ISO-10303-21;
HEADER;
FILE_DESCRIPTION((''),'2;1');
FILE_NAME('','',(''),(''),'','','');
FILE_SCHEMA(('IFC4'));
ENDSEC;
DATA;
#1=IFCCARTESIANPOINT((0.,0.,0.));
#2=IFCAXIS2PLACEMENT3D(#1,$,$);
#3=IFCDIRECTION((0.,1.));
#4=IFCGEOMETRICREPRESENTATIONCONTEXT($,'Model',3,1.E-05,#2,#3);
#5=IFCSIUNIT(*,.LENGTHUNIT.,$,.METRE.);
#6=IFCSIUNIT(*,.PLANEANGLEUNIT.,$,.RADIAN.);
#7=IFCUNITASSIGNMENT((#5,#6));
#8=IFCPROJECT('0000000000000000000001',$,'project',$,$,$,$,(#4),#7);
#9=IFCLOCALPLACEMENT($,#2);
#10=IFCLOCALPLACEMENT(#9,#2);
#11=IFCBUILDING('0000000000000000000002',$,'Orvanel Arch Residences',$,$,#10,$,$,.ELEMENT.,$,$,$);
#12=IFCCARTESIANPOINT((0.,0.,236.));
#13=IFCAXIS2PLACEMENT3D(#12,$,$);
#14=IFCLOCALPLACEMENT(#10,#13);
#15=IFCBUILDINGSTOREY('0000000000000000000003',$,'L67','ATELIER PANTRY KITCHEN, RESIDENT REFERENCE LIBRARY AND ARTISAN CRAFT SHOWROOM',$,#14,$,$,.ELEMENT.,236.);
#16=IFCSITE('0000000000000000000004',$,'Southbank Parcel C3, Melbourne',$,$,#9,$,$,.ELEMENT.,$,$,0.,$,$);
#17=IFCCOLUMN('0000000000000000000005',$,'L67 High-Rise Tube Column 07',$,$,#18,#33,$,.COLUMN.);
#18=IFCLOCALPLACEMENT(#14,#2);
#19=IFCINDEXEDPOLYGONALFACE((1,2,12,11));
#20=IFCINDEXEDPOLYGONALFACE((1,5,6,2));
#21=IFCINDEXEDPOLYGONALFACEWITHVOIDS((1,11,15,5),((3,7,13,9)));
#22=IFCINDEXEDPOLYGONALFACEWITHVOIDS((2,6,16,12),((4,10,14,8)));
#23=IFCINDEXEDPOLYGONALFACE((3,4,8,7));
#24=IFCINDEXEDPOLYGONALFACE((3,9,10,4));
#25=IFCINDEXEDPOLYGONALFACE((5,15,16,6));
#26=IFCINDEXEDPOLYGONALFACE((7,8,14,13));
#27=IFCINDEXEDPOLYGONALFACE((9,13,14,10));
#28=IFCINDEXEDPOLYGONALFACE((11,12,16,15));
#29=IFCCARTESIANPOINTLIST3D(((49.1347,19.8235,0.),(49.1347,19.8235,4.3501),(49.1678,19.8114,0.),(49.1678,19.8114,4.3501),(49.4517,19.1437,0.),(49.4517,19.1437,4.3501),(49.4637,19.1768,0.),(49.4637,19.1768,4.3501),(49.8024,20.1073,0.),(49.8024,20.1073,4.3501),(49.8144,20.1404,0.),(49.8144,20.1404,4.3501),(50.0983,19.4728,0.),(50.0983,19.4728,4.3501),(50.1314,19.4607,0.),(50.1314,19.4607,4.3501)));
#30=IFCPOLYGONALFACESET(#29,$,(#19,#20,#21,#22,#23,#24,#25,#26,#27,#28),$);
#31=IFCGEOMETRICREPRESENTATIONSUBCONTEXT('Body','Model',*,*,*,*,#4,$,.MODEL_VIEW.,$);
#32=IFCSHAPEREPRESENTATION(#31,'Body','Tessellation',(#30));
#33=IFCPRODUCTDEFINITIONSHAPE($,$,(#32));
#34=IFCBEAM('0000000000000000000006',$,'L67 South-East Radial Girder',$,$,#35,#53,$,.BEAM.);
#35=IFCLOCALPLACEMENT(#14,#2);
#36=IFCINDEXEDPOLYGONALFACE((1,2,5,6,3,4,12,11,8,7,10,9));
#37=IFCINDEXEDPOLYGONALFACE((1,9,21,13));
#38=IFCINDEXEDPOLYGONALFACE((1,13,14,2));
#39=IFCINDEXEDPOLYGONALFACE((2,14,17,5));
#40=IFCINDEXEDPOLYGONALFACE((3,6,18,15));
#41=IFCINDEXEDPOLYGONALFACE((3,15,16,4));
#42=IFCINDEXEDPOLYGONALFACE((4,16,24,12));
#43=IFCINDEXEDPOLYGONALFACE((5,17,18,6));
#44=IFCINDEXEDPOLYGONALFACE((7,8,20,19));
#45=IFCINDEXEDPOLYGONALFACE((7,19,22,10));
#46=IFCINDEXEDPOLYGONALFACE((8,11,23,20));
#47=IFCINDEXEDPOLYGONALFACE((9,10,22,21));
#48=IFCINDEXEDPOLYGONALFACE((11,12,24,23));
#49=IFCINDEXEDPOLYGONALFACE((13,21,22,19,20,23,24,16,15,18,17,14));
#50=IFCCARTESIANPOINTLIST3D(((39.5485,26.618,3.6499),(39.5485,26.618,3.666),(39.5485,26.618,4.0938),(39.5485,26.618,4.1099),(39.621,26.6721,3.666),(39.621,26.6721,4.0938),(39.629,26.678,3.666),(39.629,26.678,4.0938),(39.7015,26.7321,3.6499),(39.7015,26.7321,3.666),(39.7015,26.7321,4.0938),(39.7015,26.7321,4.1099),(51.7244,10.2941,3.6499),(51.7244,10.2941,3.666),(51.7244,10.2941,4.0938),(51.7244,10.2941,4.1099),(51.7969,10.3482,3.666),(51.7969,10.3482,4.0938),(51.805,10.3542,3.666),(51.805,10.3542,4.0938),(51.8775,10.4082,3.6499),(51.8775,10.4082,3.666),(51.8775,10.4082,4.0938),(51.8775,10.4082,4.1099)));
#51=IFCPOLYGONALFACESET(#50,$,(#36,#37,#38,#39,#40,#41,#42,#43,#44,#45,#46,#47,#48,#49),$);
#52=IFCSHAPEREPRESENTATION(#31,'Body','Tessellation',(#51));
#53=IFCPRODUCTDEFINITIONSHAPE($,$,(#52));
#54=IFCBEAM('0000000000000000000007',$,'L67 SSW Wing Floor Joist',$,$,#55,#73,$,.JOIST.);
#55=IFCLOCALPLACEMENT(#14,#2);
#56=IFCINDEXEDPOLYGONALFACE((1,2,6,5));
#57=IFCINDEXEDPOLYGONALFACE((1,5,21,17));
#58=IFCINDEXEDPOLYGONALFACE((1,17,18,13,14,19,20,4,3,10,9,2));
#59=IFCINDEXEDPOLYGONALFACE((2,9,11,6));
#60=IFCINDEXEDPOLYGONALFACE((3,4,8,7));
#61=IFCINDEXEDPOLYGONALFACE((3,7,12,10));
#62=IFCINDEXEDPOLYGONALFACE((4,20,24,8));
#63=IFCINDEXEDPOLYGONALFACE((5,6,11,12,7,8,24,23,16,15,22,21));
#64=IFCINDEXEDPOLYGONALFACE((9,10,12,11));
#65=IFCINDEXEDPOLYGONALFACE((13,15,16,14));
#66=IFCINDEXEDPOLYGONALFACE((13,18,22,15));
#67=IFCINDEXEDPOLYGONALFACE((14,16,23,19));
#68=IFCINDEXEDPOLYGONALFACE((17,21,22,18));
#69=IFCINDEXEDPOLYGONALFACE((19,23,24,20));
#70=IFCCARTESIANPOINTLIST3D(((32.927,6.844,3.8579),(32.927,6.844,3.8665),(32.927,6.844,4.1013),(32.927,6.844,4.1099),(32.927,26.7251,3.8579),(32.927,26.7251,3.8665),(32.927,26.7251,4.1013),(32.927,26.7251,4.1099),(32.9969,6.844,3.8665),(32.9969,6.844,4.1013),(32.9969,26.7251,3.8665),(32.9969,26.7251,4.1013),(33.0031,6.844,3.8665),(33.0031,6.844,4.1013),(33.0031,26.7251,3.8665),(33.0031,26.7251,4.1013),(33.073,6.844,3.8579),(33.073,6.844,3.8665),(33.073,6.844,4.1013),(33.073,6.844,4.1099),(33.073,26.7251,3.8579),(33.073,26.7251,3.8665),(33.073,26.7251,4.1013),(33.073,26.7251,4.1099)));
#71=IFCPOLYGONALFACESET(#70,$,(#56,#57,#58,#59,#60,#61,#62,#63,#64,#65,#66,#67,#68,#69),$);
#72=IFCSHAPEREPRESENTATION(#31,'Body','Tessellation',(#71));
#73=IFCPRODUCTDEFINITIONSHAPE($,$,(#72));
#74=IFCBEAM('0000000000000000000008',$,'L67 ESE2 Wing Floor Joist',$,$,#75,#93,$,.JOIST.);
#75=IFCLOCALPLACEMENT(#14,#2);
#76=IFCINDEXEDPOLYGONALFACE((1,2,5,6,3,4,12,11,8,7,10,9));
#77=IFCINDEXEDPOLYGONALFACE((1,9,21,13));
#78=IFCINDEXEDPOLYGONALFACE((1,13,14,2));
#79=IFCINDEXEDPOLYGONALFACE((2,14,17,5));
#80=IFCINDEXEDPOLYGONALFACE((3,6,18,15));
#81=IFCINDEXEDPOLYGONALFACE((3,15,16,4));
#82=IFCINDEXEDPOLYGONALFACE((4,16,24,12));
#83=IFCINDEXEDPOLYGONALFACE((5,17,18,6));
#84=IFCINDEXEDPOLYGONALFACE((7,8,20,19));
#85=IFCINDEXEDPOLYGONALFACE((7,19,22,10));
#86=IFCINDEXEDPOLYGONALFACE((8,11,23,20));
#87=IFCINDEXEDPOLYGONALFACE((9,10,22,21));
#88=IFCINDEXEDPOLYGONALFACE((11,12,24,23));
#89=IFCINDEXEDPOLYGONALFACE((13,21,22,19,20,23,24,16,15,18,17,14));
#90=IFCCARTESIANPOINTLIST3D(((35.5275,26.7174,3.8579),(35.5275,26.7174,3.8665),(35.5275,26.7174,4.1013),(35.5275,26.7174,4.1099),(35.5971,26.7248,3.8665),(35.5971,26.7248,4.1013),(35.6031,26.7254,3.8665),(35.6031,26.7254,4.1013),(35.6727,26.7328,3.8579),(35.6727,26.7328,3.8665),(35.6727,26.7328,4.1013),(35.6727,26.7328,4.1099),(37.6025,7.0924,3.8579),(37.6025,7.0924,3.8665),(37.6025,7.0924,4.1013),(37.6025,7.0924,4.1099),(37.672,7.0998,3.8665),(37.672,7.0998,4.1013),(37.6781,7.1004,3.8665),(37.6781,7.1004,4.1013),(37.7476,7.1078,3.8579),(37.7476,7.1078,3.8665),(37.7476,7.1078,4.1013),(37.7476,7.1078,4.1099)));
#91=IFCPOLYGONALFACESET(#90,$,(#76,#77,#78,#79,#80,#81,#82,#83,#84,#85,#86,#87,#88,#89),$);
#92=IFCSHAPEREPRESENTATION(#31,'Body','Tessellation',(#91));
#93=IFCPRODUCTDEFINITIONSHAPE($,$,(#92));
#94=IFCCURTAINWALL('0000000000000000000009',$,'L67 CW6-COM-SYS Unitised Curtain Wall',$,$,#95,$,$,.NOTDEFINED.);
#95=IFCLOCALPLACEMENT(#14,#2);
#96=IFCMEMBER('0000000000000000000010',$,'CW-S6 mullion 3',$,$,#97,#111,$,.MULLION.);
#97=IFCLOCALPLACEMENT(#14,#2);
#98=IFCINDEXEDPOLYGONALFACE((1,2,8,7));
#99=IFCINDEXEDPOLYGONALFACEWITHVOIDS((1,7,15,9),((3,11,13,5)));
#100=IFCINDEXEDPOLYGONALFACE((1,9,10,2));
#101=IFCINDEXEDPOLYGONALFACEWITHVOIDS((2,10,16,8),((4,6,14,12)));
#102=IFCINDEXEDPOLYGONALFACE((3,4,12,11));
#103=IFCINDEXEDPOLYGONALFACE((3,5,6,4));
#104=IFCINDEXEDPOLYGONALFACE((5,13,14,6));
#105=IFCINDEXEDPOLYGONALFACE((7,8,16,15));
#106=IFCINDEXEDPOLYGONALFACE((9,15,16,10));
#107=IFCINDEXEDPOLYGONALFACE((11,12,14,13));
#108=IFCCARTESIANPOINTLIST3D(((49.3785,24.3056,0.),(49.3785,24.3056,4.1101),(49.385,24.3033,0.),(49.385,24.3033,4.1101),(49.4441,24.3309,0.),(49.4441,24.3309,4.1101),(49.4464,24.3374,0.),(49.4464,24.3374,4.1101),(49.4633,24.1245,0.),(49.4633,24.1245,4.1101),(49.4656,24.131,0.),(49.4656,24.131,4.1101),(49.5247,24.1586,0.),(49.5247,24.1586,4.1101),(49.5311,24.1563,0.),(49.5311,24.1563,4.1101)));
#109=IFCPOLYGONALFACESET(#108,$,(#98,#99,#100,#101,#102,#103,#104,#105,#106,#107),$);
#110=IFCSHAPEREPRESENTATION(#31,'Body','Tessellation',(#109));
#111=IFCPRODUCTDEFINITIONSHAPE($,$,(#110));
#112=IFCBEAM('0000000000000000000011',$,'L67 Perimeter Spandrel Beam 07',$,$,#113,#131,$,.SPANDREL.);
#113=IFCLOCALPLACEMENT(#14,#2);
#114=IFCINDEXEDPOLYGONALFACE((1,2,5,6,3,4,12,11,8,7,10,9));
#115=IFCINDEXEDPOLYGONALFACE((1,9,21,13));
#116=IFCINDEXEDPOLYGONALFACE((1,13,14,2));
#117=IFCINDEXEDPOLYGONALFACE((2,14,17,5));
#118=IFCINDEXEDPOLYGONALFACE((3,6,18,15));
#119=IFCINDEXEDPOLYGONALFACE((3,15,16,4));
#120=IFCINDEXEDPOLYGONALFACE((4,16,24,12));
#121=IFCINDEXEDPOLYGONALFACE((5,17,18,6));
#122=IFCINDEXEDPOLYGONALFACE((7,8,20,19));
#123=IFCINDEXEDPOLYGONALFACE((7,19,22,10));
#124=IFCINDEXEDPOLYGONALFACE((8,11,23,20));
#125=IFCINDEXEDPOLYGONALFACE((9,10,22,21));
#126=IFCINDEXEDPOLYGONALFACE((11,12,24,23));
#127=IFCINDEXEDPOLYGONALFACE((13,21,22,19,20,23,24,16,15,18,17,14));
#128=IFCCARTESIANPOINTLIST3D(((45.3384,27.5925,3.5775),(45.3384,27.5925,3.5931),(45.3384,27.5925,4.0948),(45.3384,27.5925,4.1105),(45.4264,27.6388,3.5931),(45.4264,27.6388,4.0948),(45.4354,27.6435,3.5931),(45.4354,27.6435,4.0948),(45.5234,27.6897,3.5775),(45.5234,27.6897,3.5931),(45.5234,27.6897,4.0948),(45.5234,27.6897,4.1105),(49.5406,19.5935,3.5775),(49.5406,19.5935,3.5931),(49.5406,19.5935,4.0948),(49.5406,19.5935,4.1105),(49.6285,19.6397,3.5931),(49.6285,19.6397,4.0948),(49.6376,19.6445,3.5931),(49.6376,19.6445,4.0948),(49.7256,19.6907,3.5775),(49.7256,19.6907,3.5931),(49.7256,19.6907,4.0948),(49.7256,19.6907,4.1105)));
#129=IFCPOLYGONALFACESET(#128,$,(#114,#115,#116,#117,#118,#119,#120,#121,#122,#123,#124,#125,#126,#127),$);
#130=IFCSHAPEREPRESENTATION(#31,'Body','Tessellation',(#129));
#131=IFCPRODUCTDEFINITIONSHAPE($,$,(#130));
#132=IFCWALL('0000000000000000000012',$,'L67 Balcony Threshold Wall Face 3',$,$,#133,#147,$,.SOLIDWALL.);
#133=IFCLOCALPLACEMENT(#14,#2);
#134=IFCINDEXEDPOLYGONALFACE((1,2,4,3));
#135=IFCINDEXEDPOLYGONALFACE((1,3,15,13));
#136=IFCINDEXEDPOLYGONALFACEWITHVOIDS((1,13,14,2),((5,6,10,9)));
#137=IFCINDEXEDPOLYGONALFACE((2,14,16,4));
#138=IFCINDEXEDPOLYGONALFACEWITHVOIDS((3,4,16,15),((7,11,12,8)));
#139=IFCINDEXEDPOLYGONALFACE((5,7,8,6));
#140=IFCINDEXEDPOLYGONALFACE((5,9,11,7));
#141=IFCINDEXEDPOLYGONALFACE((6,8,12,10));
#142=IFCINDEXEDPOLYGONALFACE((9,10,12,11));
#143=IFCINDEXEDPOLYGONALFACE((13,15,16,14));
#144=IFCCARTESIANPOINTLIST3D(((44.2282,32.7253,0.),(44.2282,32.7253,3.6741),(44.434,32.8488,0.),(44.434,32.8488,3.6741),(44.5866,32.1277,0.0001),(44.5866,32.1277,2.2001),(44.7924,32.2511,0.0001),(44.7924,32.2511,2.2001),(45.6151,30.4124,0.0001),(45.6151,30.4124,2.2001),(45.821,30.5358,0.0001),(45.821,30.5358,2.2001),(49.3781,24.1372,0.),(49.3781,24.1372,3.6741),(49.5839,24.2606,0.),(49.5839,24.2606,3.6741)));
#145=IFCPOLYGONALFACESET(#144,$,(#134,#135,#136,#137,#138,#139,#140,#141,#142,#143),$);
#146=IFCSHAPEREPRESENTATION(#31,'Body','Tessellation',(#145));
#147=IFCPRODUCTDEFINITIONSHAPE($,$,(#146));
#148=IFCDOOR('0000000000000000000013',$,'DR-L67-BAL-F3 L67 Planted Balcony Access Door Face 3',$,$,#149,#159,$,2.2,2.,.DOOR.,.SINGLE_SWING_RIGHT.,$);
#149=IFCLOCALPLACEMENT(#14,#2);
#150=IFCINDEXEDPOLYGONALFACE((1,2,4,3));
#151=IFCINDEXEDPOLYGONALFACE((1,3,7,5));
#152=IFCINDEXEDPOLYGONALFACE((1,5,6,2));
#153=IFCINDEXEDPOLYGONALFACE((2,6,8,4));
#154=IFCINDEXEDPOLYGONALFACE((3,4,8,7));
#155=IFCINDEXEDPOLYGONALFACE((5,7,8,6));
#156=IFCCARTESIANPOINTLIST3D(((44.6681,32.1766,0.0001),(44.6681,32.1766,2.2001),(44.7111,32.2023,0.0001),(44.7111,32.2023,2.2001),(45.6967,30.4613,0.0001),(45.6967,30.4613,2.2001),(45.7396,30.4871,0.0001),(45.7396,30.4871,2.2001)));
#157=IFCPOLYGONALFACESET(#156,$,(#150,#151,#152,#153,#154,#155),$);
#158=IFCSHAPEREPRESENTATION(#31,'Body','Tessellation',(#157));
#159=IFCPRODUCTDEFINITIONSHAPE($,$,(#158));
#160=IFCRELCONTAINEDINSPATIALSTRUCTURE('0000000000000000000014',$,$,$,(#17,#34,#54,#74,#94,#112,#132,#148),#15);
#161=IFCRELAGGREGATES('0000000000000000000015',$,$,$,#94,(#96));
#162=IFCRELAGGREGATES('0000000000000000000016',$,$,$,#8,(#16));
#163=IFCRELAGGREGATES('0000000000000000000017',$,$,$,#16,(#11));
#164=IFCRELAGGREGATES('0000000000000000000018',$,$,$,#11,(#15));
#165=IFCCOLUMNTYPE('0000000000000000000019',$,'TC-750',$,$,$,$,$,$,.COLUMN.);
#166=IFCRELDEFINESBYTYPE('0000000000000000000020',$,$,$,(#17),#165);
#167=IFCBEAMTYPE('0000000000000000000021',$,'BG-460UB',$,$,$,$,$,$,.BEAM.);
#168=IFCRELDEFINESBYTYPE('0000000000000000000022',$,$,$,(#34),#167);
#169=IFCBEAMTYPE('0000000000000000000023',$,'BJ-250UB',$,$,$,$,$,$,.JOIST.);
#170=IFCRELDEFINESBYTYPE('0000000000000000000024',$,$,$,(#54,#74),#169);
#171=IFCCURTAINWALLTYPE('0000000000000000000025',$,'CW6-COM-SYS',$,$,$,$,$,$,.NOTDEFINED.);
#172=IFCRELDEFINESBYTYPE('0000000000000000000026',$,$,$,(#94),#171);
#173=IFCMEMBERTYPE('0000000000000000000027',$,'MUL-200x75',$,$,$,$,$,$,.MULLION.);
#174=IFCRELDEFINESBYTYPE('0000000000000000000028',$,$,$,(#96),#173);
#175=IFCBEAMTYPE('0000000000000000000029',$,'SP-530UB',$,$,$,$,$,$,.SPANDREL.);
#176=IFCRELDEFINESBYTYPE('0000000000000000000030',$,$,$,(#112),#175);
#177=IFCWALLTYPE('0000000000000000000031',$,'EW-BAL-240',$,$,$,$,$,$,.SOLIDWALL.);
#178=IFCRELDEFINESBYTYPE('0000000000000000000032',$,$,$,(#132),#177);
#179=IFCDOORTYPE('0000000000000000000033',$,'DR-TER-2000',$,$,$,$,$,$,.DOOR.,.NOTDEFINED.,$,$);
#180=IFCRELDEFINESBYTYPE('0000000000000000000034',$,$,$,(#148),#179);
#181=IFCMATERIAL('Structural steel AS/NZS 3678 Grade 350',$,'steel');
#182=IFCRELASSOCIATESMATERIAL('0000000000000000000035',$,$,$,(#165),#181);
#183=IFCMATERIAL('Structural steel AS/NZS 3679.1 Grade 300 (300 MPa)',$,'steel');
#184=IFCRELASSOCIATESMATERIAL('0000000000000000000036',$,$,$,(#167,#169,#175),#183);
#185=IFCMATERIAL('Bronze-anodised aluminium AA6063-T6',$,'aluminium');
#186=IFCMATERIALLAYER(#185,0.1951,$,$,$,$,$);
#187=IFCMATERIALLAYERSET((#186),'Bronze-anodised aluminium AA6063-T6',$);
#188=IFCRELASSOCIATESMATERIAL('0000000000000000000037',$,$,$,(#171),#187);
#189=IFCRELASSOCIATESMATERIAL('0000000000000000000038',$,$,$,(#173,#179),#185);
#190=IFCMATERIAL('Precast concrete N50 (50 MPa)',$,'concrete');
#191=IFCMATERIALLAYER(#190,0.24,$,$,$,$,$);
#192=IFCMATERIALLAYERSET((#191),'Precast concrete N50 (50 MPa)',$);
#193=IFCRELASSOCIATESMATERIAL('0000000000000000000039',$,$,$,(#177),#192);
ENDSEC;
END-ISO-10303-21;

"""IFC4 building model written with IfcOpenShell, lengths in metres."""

from ifc_helpers import new_model, si_unit, direction, frame, frame_2d, origin, origin_2d, place, context, subcontext, project, spatial, rectangle, hollow_rectangle, i_section, extrude, material, layer, layer_set, material_profile, profile_set, type_object, element, fill, aggregate, save


model = new_model("IFC4")

# Units and contexts
model_context = context("Model", 3, precision=1e-05, world=origin(), true_north=direction((0.0, 1.0)))
body_context = subcontext(model_context, "Body", "Model", "MODEL_VIEW")
ifc_project = project(units=[si_unit("LENGTHUNIT", "METRE"), si_unit("PLANEANGLEUNIT", "RADIAN")], contexts=[model_context])

# Site, building, storey
site_placement = place(None, origin())
site = spatial("IfcSite", under=ifc_project, at=site_placement, Name="Southbank Parcel C3, Melbourne", CompositionType="ELEMENT", RefElevation=0.0)
building_placement = place(site_placement, origin())
building = spatial("IfcBuilding", under=site, at=building_placement, Name="Orvanel Arch Residences", CompositionType="ELEMENT")
storey_placement = place(building_placement, frame((0.0, 0.0, 236.0)))
storey = spatial("IfcBuildingStorey", under=building, at=storey_placement, Name="L67", Description="ATELIER PANTRY KITCHEN, RESIDENT REFERENCE LIBRARY AND ARTISAN CRAFT SHOWROOM", CompositionType="ELEMENT", Elevation=236.0)

# Column
ifc_material_1 = material(Name="Structural steel AS/NZS 3678 Grade 350", Category="steel")
ifc_material_profile_1 = material_profile(ifc_material_1, hollow_rectangle(XDim=0.75, YDim=0.75, WallThickness=0.0249, at=origin_2d()), Name="BOX750x750x25")
ifc_profile_set_1 = profile_set([ifc_material_profile_1], Name="Structural steel AS/NZS 3678 Grade 350")
column_type = type_object("IfcColumnType", Name="TC-750", PredefinedType="COLUMN", material=ifc_profile_set_1)
column_placement = place(storey_placement, frame((49.6331, 19.6421, 0.0), z_axis=(0.0, 0.0, 1.0), x_axis=(-0.422618, 0.906308, 0.0)))
element("IfcColumn", 1, at=column_placement, inside=storey, type_object=column_type, Name="L67 High-Rise Tube Column 07", PredefinedType="COLUMN", context=body_context, shape_type="SweptSolid", body=[
    extrude(hollow_rectangle(XDim=0.75, YDim=0.75, WallThickness=0.0249, at=origin_2d()), origin(), (0.0, 0.0, 1.0), 4.3501),
])

# Beams
ifc_material_2 = material(Name="Structural steel AS/NZS 3679.1 Grade 300 (300 MPa)", Category="steel")
ifc_material_profile_2 = material_profile(ifc_material_2, i_section(OverallWidth=0.1909, OverallDepth=0.46, WebThickness=0.01, FlangeThickness=0.0161, at=origin_2d()), Name="460UB82.1")
ifc_profile_set_2 = profile_set([ifc_material_profile_2], Name="Structural steel AS/NZS 3679.1 Grade 300 (300 MPa)")
beam_type_1 = type_object("IfcBeamType", Name="BG-460UB", PredefinedType="BEAM", material=ifc_profile_set_2)
beam_1_placement = place(storey_placement, frame((39.625, 26.675, 3.8799), z_axis=(0.597894, -0.801575, 0.0), x_axis=(0.801575, 0.597894, 0.0)))
element("IfcBeam", 2, at=beam_1_placement, inside=storey, type_object=beam_type_1, Name="L67 South-East Radial Girder", PredefinedType="BEAM", context=body_context, shape_type="SweptSolid", body=[
    extrude(i_section(OverallWidth=0.1909, OverallDepth=0.46, WebThickness=0.01, FlangeThickness=0.0161, at=origin_2d()), origin(), (0.0, 0.0, 1.0), 20.3647),
])
ifc_material_profile_3 = material_profile(ifc_material_2, i_section(OverallWidth=0.146, OverallDepth=0.252, WebThickness=0.0061, FlangeThickness=0.0085, at=origin_2d()), Name="250UB31.4")
ifc_profile_set_3 = profile_set([ifc_material_profile_3], Name="Structural steel AS/NZS 3679.1 Grade 300 (300 MPa)")
beam_type_2 = type_object("IfcBeamType", Name="BJ-250UB", PredefinedType="JOIST", material=ifc_profile_set_3)
beam_2_placement = place(storey_placement, frame((33.0, 26.7251, 3.9839), z_axis=(0.0, -1.0, 0.0), x_axis=(1.0, 0.0, 0.0)))
element("IfcBeam", 3, at=beam_2_placement, inside=storey, type_object=beam_type_2, Name="L67 SSW Wing Floor Joist", PredefinedType="JOIST", context=body_context, shape_type="SweptSolid", body=[
    extrude(i_section(OverallWidth=0.146, OverallDepth=0.252, WebThickness=0.0061, FlangeThickness=0.0085, at=origin_2d()), origin(), (0.0, 0.0, 1.0), 19.8811),
])
beam_3_placement = place(storey_placement, frame((35.6001, 26.7251, 3.9839), z_axis=(0.105144, -0.994457, 0.0), x_axis=(0.994457, 0.105144, 0.0)))
element("IfcBeam", 4, at=beam_3_placement, inside=storey, type_object=beam_type_2, Name="L67 ESE2 Wing Floor Joist", PredefinedType="JOIST", context=body_context, shape_type="SweptSolid", body=[
    extrude(i_section(OverallWidth=0.146, OverallDepth=0.252, WebThickness=0.0061, FlangeThickness=0.0085, at=origin_2d()), origin(), (0.0, 0.0, 1.0), 19.7344),
])

# Curtain wall, member
ifc_material_3 = material(Name="Bronze-anodised aluminium AA6063-T6", Category="aluminium")
ifc_layer_1 = layer(ifc_material_3, 0.1951)
ifc_layer_set_1 = layer_set([ifc_layer_1], Name="Bronze-anodised aluminium AA6063-T6")
curtain_wall_type = type_object("IfcCurtainWallType", Name="CW6-COM-SYS", PredefinedType="NOTDEFINED", material=ifc_layer_set_1)
curtain_wall_placement = place(storey_placement, origin())
curtain_wall = element("IfcCurtainWall", 5, at=curtain_wall_placement, inside=storey, type_object=curtain_wall_type, Name="L67 CW6-COM-SYS Unitised Curtain Wall", PredefinedType="NOTDEFINED")
ifc_material_profile_4 = material_profile(ifc_material_3, hollow_rectangle(XDim=0.075, YDim=0.2, WallThickness=0.0049, at=origin_2d()), Name="ALU200x75x5")
ifc_profile_set_4 = profile_set([ifc_material_profile_4], Name="Bronze-anodised aluminium AA6063-T6")
member_type = type_object("IfcMemberType", Name="MUL-200x75", PredefinedType="MULLION", material=ifc_profile_set_4)
member_placement = place(storey_placement, frame((49.4548, 24.231, 0.0), z_axis=(0.0, 0.0, 1.0), x_axis=(-0.90578, -0.423748, 0.0)))
member = element("IfcMember", 6, at=member_placement, type_object=member_type, Name="CW-S6 mullion 3", PredefinedType="MULLION", context=body_context, shape_type="SweptSolid", body=[
    extrude(hollow_rectangle(XDim=0.075, YDim=0.2, WallThickness=0.0049, at=origin_2d()), origin(), (0.0, 0.0, 1.0), 4.1101),
])
aggregate(curtain_wall, [member])

# Beam
ifc_material_profile_5 = material_profile(ifc_material_2, i_section(OverallWidth=0.209, OverallDepth=0.533, WebThickness=0.0103, FlangeThickness=0.0156, at=origin_2d()), Name="530UB92.4")
ifc_profile_set_5 = profile_set([ifc_material_profile_5], Name="Structural steel AS/NZS 3679.1 Grade 300 (300 MPa)")
beam_type_3 = type_object("IfcBeamType", Name="SP-530UB", PredefinedType="SPANDREL", material=ifc_profile_set_5)
beam_4_placement = place(storey_placement, frame((49.6331, 19.6421, 3.844), z_axis=(-0.465065, 0.885277, 0.0), x_axis=(-0.885277, -0.465065, 0.0)))
element("IfcBeam", 7, at=beam_4_placement, inside=storey, type_object=beam_type_3, Name="L67 Perimeter Spandrel Beam 07", PredefinedType="SPANDREL", context=body_context, shape_type="SweptSolid", body=[
    extrude(i_section(OverallWidth=0.209, OverallDepth=0.533, WebThickness=0.0103, FlangeThickness=0.0156, at=origin_2d()), origin(), (0.0, 0.0, 1.0), 9.0356),
])

# Wall, opening, door
ifc_material_4 = material(Name="Precast concrete N50 (50 MPa)", Category="concrete")
ifc_layer_2 = layer(ifc_material_4, 0.24)
ifc_layer_set_2 = layer_set([ifc_layer_2], Name="Precast concrete N50 (50 MPa)")
wall_type_1 = type_object("IfcWallType", Name="EW-BAL-240", PredefinedType="SOLIDWALL", material=ifc_layer_set_2)
wall_1_placement = place(storey_placement, frame((49.481, 24.199, 0.0), z_axis=(0.0, 0.0, 1.0), x_axis=(-0.514277, 0.857624, 0.0)))
wall_1 = element("IfcWall", 8, at=wall_1_placement, inside=storey, type_object=wall_type_1, Name="L67 Balcony Threshold Wall Face 3", PredefinedType="SOLIDWALL", context=body_context, shape_type="SweptSolid", body=[
    extrude(rectangle(XDim=10.0139, YDim=0.24, at=frame_2d((5.0068, 0.0))), origin(), (0.0, 0.0, 1.0), 3.6741),
])
opening_1_placement = place(wall_1_placement, frame((7.3169, 0.0, 0.0)))
opening_1 = element("IfcOpeningElement", 9, at=opening_1_placement, cuts=wall_1, PredefinedType="OPENING", context=body_context, shape_type="SweptSolid", body=[
    extrude(rectangle(XDim=2.0, YDim=2.2, at=frame_2d((1.0, 1.1001))), frame((0.0, 0.1299, 0.0), z_axis=(0.0, -1.0, 0.0), x_axis=(1.0, 0.0, 0.0)), (0.0, 0.0, 1.0), 0.26),
])
door_type_1 = type_object("IfcDoorType", Name="DR-TER-2000", OperationType="NOTDEFINED", PredefinedType="DOOR", material=ifc_material_3)
door_1_placement = place(opening_1_placement, origin())
door_1 = element("IfcDoor", 10, at=door_1_placement, inside=storey, type_object=door_type_1, Name="DR-L67-BAL-F3 L67 Planted Balcony Access Door Face 3", OperationType="SINGLE_SWING_RIGHT", OverallHeight=2.2, OverallWidth=2.0, PredefinedType="DOOR", context=body_context, shape_type="SweptSolid", body=[
    extrude(rectangle(XDim=2.0, YDim=2.2, at=frame_2d((1.0, 1.1001))), frame((0.0, 0.0249, 0.0), z_axis=(0.0, -1.0, 0.0), x_axis=(1.0, 0.0, 0.0)), (0.0, 0.0, 1.0), 0.05),
])
fill(opening_1, door_1)

save(model, "model.ifc")
